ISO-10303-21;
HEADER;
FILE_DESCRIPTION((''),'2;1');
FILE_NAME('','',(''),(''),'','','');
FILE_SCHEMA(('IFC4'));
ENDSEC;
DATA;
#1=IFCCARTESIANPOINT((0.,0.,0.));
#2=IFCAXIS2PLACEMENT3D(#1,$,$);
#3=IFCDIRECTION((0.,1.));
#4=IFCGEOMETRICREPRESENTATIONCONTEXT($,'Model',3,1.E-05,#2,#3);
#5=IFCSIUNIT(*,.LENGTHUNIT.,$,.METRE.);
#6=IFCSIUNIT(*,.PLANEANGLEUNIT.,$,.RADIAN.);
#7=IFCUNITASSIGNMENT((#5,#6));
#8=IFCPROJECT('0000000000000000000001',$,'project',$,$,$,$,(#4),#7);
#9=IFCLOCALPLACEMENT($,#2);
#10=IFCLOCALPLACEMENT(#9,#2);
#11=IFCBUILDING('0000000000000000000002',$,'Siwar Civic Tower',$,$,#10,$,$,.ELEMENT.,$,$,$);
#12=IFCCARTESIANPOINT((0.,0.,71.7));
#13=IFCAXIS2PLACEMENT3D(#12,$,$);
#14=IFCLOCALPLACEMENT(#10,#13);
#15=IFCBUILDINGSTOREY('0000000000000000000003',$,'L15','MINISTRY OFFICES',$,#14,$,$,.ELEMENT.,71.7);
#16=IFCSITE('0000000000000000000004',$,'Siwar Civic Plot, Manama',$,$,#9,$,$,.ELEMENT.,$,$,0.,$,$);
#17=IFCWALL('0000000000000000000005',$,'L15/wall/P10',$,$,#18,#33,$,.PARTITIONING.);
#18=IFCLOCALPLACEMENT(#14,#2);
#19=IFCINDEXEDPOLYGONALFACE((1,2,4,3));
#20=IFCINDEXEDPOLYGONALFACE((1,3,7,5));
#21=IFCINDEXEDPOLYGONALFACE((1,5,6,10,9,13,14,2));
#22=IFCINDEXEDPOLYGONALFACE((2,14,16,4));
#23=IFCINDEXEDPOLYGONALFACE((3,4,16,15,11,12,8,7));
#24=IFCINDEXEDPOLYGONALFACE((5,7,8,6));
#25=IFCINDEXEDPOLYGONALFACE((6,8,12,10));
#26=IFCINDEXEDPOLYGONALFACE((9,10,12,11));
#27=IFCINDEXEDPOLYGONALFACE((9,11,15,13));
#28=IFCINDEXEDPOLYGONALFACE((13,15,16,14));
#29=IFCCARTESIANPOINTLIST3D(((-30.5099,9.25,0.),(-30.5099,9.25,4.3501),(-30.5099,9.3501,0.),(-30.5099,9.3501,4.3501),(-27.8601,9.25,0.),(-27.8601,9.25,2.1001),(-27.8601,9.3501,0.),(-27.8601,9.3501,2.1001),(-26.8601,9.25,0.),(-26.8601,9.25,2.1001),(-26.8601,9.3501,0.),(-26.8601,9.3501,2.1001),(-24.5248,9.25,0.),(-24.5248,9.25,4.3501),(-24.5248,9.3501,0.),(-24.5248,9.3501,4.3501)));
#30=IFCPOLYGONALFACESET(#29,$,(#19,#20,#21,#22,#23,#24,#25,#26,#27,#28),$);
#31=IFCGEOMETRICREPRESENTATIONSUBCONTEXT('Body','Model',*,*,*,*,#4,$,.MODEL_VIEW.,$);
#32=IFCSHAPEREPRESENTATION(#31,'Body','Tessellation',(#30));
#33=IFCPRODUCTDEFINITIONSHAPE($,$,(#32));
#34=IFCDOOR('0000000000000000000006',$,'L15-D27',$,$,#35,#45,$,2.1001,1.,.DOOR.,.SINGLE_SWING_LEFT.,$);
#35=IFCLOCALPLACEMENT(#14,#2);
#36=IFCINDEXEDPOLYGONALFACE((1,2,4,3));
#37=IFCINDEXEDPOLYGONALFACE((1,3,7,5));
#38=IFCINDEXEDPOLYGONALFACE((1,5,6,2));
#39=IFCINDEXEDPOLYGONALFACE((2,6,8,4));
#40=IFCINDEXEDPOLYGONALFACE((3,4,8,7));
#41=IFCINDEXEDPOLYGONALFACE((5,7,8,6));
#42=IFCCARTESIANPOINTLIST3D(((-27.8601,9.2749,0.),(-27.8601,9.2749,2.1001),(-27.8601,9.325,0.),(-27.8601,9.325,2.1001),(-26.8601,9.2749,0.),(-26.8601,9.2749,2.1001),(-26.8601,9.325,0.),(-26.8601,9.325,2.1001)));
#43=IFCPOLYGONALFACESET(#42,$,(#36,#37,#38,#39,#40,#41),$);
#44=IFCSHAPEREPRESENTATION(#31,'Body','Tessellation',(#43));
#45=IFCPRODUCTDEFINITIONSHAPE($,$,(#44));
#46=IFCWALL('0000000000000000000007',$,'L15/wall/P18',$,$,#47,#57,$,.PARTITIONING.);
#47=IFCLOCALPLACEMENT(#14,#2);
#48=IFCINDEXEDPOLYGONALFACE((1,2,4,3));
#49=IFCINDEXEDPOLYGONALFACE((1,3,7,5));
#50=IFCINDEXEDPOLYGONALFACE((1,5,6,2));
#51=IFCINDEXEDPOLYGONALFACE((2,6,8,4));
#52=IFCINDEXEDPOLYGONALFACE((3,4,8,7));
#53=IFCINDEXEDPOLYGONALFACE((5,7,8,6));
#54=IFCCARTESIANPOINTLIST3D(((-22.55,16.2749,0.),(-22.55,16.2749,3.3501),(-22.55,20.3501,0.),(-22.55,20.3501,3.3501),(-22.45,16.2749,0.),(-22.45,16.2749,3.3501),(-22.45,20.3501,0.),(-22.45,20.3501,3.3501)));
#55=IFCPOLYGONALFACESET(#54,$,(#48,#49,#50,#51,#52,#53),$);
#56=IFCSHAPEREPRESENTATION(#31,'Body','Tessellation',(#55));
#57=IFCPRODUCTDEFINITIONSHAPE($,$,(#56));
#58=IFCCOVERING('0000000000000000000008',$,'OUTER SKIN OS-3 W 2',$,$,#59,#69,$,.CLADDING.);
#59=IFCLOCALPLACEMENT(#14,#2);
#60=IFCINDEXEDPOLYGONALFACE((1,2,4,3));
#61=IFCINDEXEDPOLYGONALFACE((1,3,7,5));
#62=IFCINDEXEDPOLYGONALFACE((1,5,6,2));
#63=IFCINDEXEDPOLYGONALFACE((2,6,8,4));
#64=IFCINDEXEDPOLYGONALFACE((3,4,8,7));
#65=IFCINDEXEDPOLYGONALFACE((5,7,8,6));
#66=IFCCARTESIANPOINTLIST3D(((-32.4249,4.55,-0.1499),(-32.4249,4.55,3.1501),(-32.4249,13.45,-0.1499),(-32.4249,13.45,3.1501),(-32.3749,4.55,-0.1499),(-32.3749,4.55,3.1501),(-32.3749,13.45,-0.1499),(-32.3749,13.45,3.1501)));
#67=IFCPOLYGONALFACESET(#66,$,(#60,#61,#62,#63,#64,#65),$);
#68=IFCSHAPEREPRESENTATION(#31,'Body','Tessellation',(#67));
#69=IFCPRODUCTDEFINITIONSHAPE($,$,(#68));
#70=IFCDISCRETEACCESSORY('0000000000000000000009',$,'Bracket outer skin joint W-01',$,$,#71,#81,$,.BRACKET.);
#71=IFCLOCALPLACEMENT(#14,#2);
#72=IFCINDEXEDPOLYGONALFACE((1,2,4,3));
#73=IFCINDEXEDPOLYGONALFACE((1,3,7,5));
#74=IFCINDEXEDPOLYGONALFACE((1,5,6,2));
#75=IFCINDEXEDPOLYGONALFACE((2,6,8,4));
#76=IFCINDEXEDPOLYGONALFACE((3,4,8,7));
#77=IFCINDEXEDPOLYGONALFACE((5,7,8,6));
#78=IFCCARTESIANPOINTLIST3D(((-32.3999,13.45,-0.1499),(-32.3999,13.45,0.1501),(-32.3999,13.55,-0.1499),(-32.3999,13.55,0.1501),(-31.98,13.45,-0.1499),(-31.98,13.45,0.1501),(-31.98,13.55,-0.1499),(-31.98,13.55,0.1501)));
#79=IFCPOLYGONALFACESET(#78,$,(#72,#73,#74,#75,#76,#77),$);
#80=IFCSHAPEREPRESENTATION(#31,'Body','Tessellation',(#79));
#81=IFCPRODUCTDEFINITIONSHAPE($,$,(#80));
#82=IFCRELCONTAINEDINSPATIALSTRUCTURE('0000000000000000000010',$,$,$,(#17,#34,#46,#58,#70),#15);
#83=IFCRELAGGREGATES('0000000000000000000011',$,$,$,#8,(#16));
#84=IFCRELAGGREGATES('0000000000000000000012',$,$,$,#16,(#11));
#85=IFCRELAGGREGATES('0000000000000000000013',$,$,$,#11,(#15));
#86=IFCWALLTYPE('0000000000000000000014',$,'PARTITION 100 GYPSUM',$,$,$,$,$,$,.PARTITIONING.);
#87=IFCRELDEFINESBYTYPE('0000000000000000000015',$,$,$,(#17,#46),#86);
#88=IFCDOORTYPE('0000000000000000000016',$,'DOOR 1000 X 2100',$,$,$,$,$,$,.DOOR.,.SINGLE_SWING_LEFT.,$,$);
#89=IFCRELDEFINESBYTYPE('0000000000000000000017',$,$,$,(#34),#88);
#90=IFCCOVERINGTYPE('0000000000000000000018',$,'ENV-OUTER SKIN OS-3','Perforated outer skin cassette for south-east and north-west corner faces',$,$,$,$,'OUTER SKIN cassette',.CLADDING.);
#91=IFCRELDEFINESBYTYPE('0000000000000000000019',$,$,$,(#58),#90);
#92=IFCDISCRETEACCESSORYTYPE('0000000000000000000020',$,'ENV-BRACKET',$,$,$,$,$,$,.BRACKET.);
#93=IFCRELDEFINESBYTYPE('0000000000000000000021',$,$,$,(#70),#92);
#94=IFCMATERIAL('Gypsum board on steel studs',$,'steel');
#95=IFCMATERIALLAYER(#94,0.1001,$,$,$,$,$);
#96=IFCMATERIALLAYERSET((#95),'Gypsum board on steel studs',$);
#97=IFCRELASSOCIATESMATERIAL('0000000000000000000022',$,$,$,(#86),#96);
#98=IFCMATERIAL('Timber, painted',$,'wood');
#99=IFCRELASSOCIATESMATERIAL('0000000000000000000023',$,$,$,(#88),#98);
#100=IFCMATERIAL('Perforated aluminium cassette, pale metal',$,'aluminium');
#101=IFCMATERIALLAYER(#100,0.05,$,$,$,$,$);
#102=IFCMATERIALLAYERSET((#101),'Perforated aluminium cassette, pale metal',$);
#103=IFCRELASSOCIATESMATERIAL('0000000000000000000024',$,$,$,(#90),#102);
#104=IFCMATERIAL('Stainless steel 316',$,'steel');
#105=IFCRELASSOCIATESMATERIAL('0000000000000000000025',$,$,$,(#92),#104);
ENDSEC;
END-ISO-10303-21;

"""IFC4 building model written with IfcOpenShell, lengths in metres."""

from ifc_helpers import new_model, si_unit, direction, frame, frame_2d, origin, origin_2d, place, context, subcontext, project, spatial, rectangle, extrude, material, layer, layer_set, type_object, element, fill, save


model = new_model("IFC4")

# Units and contexts
model_context = context("Model", 3, precision=1e-05, world=origin(), true_north=direction((0.0, 1.0)))
body_context = subcontext(model_context, "Body", "Model", "MODEL_VIEW")
ifc_project = project(units=[si_unit("LENGTHUNIT", "METRE"), si_unit("PLANEANGLEUNIT", "RADIAN")], contexts=[model_context])

# Site, building, storey
site_placement = place(None, origin())
site = spatial("IfcSite", under=ifc_project, at=site_placement, Name="Siwar Civic Plot, Manama", CompositionType="ELEMENT", RefElevation=0.0)
building_placement = place(site_placement, origin())
building = spatial("IfcBuilding", under=site, at=building_placement, Name="Siwar Civic Tower", CompositionType="ELEMENT")
storey_placement = place(building_placement, frame((0.0, 0.0, 71.7)))
storey = spatial("IfcBuildingStorey", under=building, at=storey_placement, Name="L15", Description="MINISTRY OFFICES", CompositionType="ELEMENT", Elevation=71.7)

# Wall, opening, door
ifc_material_1 = material(Name="Gypsum board on steel studs", Category="steel")
ifc_layer_1 = layer(ifc_material_1, 0.1001)
ifc_layer_set_1 = layer_set([ifc_layer_1], Name="Gypsum board on steel studs")
wall_type_1 = type_object("IfcWallType", Name="PARTITION 100 GYPSUM", PredefinedType="PARTITIONING", material=ifc_layer_set_1)
wall_1_placement = place(storey_placement, frame((-30.51, 9.3, 0.0), z_axis=(0.0, 0.0, 1.0), x_axis=(1.0, 0.0, 0.0)))
wall_1 = element("IfcWall", 1, at=wall_1_placement, inside=storey, type_object=wall_type_1, Name="L15/wall/P10", PredefinedType="PARTITIONING", context=body_context, shape_type="SweptSolid", body=[
    extrude(rectangle(XDim=5.9851, YDim=0.1001, at=frame_2d((2.9927, 0.0))), origin(), (0.0, 0.0, 1.0), 4.3501),
])
opening_1_placement = place(wall_1_placement, frame((2.6499, 0.0, 0.0)))
opening_1 = element("IfcOpeningElement", 2, at=opening_1_placement, cuts=wall_1, PredefinedType="OPENING", context=body_context, shape_type="SweptSolid", body=[
    extrude(rectangle(XDim=1.0, YDim=2.1001, at=frame_2d((0.5, 1.05))), frame((0.0, 0.0601, 0.0), z_axis=(0.0, -1.0, 0.0), x_axis=(1.0, 0.0, 0.0)), (0.0, 0.0, 1.0), 0.1201),
])
ifc_material_2 = material(Name="Timber, painted", Category="wood")
door_type_1 = type_object("IfcDoorType", Name="DOOR 1000 X 2100", OperationType="SINGLE_SWING_LEFT", PredefinedType="DOOR", material=ifc_material_2)
door_1_placement = place(opening_1_placement, origin())
door_1 = element("IfcDoor", 3, at=door_1_placement, inside=storey, type_object=door_type_1, Name="L15-D27", OperationType="SINGLE_SWING_LEFT", OverallHeight=2.1001, OverallWidth=1.0, PredefinedType="DOOR", context=body_context, shape_type="SweptSolid", body=[
    extrude(rectangle(XDim=1.0, YDim=2.1001, at=frame_2d((0.5, 1.05))), frame((0.0, 0.0249, 0.0), z_axis=(0.0, -1.0, 0.0), x_axis=(1.0, 0.0, 0.0)), (0.0, 0.0, 1.0), 0.05),
])
fill(opening_1, door_1)

# Wall
wall_2_placement = place(storey_placement, frame((-22.5, 16.2749, 0.0), z_axis=(0.0, 0.0, 1.0), x_axis=(0.0, 1.0, 0.0)))
element("IfcWall", 4, at=wall_2_placement, inside=storey, type_object=wall_type_1, Name="L15/wall/P18", PredefinedType="PARTITIONING", context=body_context, shape_type="SweptSolid", body=[
    extrude(rectangle(XDim=4.0752, YDim=0.1001, at=frame_2d((2.0376, 0.0))), origin(), (0.0, 0.0, 1.0), 3.3501),
])

# Covering
ifc_material_3 = material(Name="Perforated aluminium cassette, pale metal", Category="aluminium")
ifc_layer_2 = layer(ifc_material_3, 0.05)
ifc_layer_set_2 = layer_set([ifc_layer_2], Name="Perforated aluminium cassette, pale metal")
covering_type = type_object("IfcCoveringType", Name="ENV-OUTER SKIN OS-3", Description="Perforated outer skin cassette for south-east and north-west corner faces", ElementType="OUTER SKIN cassette", PredefinedType="CLADDING", material=ifc_layer_set_2)
covering_placement = place(storey_placement, frame((-32.3999, 9.0, -0.1499), z_axis=(0.0, 0.0, 1.0), x_axis=(0.0, -1.0, 0.0)))
element("IfcCovering", 5, at=covering_placement, inside=storey, type_object=covering_type, Name="OUTER SKIN OS-3 W 2", PredefinedType="CLADDING", context=body_context, shape_type="SweptSolid", body=[
    extrude(rectangle(XDim=8.8999, YDim=0.05, at=origin_2d()), origin(), (0.0, 0.0, 1.0), 3.3),
])

# Discrete accessory
ifc_material_4 = material(Name="Stainless steel 316", Category="steel")
discrete_accessory_type = type_object("IfcDiscreteAccessoryType", Name="ENV-BRACKET", PredefinedType="BRACKET", material=ifc_material_4)
discrete_accessory_placement = place(storey_placement, frame((-32.1899, 13.5, -0.1499), z_axis=(0.0, 0.0, 1.0), x_axis=(-1.0, 0.0, 0.0)))
element("IfcDiscreteAccessory", 6, at=discrete_accessory_placement, inside=storey, type_object=discrete_accessory_type, Name="Bracket outer skin joint W-01", PredefinedType="BRACKET", context=body_context, shape_type="SweptSolid", body=[
    extrude(rectangle(XDim=0.4199, YDim=0.1001, at=origin_2d()), origin(), (0.0, 0.0, 1.0), 0.3),
])

save(model, "model.ifc")
